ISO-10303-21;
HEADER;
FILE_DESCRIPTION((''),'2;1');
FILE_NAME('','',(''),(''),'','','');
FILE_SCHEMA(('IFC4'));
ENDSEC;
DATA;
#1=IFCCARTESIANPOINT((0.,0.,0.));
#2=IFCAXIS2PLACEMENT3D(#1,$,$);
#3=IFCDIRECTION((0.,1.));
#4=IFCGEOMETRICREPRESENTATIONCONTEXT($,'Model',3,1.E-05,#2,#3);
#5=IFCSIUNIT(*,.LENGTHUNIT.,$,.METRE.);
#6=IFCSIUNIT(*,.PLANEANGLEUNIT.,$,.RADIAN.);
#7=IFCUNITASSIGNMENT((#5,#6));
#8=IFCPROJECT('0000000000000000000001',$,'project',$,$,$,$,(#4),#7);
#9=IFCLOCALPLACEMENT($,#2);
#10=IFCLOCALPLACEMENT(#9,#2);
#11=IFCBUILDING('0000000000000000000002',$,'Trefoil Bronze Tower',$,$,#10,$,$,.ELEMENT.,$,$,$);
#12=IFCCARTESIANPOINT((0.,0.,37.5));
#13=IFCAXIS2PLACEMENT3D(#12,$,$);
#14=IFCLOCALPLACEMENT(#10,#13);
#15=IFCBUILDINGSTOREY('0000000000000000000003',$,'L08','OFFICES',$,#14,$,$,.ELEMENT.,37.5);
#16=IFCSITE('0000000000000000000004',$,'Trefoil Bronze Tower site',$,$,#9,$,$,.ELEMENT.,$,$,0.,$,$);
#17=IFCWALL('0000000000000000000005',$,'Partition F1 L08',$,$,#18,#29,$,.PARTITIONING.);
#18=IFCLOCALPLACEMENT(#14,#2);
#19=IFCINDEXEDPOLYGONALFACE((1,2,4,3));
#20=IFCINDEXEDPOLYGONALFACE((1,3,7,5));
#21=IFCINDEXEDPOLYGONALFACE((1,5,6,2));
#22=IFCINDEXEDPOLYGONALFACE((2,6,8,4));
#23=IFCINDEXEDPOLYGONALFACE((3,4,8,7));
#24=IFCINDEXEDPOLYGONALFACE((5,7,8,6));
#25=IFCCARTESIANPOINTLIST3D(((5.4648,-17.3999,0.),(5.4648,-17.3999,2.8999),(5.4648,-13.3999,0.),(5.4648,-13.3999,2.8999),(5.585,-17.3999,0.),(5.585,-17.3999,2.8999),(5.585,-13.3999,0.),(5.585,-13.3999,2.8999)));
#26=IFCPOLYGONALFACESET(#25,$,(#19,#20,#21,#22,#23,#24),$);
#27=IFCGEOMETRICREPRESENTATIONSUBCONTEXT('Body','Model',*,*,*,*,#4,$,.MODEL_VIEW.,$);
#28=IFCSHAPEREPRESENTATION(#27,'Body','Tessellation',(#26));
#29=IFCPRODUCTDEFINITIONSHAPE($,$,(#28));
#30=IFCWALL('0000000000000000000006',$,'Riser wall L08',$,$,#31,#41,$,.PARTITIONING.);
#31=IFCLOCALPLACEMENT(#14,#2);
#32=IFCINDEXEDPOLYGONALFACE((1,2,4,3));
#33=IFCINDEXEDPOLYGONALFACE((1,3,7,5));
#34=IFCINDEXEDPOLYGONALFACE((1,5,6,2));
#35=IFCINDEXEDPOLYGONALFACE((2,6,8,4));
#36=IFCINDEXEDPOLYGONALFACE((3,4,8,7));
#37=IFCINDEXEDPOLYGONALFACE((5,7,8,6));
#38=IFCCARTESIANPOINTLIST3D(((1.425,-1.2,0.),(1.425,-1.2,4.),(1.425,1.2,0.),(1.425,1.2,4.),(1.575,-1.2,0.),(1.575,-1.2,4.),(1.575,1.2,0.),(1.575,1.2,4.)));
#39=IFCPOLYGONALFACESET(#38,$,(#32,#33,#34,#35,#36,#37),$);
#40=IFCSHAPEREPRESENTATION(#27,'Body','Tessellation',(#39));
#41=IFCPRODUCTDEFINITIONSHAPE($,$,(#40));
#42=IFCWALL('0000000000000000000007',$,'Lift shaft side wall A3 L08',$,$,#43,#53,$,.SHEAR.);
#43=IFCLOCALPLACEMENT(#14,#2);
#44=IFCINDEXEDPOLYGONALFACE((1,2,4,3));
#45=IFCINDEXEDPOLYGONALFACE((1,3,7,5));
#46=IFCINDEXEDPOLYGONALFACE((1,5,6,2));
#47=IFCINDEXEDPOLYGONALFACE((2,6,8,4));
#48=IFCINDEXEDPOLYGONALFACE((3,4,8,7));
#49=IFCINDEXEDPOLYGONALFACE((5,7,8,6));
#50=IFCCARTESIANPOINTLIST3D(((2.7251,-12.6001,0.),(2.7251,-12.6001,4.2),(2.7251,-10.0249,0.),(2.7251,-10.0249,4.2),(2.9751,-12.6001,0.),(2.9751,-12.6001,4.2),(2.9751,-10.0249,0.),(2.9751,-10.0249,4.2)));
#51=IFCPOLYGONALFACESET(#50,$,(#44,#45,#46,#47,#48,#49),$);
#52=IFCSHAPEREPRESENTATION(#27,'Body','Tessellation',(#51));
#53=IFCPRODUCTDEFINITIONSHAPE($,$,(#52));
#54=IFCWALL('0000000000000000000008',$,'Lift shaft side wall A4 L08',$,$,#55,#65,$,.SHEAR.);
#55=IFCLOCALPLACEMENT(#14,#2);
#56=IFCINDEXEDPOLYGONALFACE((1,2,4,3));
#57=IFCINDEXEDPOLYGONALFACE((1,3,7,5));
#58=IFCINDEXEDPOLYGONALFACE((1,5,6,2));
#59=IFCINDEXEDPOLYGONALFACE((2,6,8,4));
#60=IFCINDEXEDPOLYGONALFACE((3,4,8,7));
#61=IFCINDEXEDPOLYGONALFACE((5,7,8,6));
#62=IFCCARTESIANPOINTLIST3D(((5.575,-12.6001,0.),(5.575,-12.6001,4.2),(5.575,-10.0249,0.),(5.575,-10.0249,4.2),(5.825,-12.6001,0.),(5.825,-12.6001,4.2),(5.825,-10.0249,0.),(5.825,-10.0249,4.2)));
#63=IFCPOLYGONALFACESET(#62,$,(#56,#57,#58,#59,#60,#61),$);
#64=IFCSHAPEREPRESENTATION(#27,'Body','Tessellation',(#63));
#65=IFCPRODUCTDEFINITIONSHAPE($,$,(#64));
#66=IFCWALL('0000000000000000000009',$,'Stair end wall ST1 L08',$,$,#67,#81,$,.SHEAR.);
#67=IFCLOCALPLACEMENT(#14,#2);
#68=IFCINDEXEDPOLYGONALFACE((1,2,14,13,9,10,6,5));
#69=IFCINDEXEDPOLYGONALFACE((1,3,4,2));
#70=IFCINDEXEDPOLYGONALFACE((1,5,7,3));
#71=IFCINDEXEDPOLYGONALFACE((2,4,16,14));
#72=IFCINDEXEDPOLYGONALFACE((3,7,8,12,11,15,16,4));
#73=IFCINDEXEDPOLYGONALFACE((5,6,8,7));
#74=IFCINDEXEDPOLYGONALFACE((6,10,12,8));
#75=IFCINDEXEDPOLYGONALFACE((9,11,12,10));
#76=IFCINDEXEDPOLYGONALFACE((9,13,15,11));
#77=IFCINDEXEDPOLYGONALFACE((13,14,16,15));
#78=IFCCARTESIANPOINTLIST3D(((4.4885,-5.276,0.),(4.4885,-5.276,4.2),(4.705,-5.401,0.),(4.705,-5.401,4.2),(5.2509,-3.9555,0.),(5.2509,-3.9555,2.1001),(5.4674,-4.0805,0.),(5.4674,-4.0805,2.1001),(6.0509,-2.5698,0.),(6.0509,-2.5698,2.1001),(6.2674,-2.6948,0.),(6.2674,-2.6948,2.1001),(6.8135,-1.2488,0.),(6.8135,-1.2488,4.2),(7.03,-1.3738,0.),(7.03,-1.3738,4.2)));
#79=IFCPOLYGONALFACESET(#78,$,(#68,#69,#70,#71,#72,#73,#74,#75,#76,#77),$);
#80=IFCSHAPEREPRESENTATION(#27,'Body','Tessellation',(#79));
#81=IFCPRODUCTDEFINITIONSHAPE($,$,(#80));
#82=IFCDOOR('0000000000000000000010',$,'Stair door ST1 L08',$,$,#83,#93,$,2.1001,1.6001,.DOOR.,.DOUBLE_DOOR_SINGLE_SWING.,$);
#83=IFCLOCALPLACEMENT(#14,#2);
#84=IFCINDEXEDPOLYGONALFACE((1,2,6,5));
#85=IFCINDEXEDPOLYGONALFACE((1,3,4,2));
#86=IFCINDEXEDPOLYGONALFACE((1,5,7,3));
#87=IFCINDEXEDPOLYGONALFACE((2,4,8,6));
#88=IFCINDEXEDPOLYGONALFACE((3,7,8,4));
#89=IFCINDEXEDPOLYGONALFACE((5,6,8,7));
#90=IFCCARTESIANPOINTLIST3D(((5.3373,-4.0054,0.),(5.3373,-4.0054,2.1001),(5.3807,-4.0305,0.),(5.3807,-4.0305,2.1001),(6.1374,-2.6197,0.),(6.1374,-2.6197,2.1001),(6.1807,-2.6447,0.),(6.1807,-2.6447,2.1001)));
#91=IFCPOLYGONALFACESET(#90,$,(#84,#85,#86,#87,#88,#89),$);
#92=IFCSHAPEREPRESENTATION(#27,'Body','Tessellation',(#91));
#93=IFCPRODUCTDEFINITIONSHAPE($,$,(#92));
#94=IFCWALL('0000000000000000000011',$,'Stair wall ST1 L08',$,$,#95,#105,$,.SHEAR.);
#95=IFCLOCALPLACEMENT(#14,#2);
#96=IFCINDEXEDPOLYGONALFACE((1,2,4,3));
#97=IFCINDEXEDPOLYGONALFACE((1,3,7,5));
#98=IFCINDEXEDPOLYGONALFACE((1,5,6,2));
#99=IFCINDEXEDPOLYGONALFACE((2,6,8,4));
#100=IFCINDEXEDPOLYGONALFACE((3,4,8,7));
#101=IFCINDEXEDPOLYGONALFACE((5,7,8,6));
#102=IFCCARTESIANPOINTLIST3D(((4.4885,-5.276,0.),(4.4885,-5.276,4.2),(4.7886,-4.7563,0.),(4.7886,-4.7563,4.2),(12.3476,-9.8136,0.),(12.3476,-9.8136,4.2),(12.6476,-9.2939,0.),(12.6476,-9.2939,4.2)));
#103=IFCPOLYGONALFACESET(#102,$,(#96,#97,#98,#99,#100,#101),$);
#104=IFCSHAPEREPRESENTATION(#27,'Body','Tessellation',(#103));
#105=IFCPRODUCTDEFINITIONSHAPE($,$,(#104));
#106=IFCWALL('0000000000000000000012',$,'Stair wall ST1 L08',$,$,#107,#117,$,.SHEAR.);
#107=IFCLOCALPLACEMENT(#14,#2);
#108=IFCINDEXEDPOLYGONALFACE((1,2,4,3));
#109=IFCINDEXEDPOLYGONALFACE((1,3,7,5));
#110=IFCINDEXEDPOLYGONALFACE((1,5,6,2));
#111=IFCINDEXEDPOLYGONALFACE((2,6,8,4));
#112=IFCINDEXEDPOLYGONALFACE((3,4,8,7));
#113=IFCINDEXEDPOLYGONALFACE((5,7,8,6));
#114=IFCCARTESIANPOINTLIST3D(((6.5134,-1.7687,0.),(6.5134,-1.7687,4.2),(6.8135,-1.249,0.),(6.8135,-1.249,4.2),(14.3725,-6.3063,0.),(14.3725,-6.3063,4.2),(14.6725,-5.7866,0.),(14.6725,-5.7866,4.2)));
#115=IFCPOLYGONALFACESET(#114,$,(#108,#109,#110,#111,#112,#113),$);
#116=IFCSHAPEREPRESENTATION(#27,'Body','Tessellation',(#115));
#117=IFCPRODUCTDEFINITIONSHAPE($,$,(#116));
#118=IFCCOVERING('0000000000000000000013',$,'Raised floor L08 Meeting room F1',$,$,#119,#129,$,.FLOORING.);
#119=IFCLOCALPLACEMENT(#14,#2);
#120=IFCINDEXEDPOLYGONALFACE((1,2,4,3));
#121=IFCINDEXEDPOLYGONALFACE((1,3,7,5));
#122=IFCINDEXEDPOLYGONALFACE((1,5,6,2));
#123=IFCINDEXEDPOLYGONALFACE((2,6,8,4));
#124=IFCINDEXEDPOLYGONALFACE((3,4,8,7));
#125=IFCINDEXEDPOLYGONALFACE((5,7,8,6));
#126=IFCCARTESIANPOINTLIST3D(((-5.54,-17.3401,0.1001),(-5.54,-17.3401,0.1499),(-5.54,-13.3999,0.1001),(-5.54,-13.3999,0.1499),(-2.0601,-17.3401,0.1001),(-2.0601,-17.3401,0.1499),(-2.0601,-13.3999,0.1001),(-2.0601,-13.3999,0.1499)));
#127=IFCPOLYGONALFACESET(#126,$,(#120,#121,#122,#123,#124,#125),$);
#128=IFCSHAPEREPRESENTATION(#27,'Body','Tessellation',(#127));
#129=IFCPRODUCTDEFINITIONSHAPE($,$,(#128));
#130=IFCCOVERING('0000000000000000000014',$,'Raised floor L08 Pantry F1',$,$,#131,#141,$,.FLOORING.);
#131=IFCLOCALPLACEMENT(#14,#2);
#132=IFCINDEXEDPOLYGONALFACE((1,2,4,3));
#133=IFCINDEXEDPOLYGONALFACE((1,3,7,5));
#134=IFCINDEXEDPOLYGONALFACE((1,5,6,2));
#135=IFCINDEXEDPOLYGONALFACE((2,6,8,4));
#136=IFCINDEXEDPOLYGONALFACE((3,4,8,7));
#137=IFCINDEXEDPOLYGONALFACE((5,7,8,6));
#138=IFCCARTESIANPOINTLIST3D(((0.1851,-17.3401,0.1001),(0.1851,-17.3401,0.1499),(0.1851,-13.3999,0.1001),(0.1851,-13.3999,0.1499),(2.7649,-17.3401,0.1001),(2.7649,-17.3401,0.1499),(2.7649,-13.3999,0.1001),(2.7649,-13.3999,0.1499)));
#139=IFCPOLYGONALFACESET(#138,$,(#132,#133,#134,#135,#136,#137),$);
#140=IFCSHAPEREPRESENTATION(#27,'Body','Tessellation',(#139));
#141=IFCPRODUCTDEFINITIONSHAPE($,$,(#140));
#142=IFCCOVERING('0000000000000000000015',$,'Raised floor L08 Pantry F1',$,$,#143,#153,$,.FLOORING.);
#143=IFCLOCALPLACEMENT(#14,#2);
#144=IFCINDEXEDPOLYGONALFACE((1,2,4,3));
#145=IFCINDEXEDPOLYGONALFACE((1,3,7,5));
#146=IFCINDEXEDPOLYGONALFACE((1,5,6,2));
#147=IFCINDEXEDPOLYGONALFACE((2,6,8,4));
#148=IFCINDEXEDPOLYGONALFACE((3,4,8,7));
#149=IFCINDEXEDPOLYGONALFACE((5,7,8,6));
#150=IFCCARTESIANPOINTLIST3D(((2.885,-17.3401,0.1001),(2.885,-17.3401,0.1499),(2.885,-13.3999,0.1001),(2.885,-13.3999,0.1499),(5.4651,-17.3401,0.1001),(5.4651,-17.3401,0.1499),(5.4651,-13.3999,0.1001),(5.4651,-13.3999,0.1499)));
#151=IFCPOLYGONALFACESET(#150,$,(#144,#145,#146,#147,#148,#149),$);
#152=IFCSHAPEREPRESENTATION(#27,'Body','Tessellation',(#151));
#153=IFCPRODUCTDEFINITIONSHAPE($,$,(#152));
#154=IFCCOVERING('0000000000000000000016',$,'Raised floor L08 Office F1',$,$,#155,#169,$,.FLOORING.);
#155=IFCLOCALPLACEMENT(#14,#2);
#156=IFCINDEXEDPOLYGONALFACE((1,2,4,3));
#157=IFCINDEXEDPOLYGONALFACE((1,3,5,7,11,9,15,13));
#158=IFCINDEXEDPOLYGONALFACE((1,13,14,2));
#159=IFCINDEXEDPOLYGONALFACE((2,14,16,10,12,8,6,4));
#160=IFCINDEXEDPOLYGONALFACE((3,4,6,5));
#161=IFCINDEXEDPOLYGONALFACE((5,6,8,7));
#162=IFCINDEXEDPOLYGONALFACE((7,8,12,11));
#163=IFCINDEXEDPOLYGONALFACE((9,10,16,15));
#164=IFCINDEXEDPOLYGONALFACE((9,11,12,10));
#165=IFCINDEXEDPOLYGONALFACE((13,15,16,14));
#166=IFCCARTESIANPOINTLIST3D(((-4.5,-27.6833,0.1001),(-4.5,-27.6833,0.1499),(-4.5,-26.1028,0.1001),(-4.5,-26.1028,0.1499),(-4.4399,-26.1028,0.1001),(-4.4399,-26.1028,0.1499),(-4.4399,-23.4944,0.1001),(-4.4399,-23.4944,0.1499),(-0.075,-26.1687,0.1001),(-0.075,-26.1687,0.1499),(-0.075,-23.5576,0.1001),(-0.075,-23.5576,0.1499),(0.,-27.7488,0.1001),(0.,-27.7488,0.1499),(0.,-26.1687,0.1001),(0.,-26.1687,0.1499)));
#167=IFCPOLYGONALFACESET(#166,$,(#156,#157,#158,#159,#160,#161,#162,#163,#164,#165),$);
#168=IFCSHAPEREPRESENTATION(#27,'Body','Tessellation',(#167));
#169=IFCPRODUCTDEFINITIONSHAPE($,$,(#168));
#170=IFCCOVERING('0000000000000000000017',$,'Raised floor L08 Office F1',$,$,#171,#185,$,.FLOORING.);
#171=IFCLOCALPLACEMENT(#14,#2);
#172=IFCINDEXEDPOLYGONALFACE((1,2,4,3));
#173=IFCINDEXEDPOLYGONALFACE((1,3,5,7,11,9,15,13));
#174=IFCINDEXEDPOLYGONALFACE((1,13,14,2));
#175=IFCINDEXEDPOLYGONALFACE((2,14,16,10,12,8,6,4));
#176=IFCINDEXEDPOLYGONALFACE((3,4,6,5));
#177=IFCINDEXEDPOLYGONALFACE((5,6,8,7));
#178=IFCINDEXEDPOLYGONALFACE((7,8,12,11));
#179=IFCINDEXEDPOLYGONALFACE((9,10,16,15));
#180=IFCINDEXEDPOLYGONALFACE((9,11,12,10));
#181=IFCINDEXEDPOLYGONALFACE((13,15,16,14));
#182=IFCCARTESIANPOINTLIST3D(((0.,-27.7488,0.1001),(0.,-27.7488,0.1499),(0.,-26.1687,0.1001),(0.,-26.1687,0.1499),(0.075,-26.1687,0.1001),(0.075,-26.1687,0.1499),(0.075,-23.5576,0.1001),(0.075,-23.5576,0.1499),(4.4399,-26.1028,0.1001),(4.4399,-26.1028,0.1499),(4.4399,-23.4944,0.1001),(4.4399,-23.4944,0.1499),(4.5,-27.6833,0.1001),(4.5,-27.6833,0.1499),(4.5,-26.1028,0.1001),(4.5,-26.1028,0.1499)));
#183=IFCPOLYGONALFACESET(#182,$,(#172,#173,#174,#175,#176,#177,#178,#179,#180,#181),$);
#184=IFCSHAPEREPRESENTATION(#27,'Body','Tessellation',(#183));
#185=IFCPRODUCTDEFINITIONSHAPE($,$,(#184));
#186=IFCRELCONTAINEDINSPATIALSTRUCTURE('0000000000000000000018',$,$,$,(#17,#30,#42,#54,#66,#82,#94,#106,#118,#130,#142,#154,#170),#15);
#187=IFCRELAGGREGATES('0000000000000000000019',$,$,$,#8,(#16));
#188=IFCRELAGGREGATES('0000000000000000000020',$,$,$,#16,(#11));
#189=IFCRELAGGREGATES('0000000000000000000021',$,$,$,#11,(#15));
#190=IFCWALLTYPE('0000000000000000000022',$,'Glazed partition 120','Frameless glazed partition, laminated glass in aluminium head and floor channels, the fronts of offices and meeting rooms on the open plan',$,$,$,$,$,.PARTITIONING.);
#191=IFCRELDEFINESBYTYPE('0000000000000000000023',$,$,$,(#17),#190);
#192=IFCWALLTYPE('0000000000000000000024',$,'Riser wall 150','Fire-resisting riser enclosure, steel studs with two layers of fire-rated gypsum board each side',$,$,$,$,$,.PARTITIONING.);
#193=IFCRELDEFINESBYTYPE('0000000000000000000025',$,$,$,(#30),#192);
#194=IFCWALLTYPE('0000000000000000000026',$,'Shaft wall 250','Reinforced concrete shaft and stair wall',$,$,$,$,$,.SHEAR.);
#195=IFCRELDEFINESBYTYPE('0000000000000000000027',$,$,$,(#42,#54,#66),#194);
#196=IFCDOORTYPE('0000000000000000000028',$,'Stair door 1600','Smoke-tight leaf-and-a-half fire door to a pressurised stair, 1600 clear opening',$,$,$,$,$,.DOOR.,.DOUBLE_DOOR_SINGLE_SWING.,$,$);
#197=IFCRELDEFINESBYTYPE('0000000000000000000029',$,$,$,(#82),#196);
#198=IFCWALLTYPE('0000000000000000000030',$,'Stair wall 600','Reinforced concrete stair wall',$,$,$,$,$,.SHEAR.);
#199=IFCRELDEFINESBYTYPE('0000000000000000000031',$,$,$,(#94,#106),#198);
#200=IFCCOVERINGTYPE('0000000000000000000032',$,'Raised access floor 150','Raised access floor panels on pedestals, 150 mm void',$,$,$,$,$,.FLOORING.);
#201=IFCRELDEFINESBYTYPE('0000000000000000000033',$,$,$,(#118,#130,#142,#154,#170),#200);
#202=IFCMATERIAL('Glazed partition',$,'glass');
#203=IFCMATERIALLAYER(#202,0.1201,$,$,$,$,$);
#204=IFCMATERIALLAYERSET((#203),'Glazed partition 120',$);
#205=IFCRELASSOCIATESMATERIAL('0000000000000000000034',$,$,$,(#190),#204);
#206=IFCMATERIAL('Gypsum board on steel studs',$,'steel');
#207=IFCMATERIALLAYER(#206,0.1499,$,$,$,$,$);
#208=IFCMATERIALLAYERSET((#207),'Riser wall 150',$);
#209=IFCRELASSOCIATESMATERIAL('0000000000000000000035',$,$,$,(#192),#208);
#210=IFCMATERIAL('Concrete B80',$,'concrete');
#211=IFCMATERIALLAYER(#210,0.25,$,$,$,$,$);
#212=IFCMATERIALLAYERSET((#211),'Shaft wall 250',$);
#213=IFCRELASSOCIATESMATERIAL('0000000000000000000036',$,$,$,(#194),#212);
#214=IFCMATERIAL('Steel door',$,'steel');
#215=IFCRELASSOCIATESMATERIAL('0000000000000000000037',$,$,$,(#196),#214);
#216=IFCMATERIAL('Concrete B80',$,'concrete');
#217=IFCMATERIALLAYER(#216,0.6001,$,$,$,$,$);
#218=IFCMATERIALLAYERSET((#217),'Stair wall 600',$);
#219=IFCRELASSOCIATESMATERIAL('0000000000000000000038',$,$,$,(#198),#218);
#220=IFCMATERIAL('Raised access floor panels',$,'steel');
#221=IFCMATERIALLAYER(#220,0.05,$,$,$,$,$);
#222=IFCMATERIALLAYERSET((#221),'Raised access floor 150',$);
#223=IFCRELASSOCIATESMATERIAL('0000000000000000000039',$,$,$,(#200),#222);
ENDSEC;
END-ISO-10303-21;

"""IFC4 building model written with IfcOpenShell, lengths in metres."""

from ifc_helpers import new_model, si_unit, direction, frame, frame_2d, origin, place, context, subcontext, project, spatial, polyline, rectangle, outline, extrude, material, layer, layer_set, type_object, element, fill, save


model = new_model("IFC4")

# Units and contexts
model_context = context("Model", 3, precision=1e-05, world=origin(), true_north=direction((0.0, 1.0)))
body_context = subcontext(model_context, "Body", "Model", "MODEL_VIEW")
ifc_project = project(units=[si_unit("LENGTHUNIT", "METRE"), si_unit("PLANEANGLEUNIT", "RADIAN")], contexts=[model_context])

# Site, building, storey
site_placement = place(None, origin())
site = spatial("IfcSite", under=ifc_project, at=site_placement, Name="Trefoil Bronze Tower site", CompositionType="ELEMENT", RefElevation=0.0)
building_placement = place(site_placement, origin())
building = spatial("IfcBuilding", under=site, at=building_placement, Name="Trefoil Bronze Tower", CompositionType="ELEMENT")
storey_placement = place(building_placement, frame((0.0, 0.0, 37.5)))
storey = spatial("IfcBuildingStorey", under=building, at=storey_placement, Name="L08", Description="OFFICES", CompositionType="ELEMENT", Elevation=37.5)

# Walls
ifc_material_1 = material(Name="Glazed partition", Category="glass")
ifc_layer_1 = layer(ifc_material_1, 0.1201)
ifc_layer_set_1 = layer_set([ifc_layer_1], Name="Glazed partition 120")
wall_type_1 = type_object("IfcWallType", Name="Glazed partition 120", Description="Frameless glazed partition, laminated glass in aluminium head and floor channels, the fronts of offices and meeting rooms on the open plan", PredefinedType="PARTITIONING", material=ifc_layer_set_1)
wall_1_placement = place(storey_placement, frame((5.5249, -13.3999, 0.0), z_axis=(0.0, 0.0, 1.0), x_axis=(0.0, -1.0, 0.0)))
element("IfcWall", 1, at=wall_1_placement, inside=storey, type_object=wall_type_1, Name="Partition F1 L08", PredefinedType="PARTITIONING", context=body_context, shape_type="SweptSolid", body=[
    extrude(rectangle(XDim=4.0, YDim=0.1201, at=frame_2d((2.0, 0.0))), origin(), (0.0, 0.0, 1.0), 2.8999),
])
ifc_material_2 = material(Name="Gypsum board on steel studs", Category="steel")
ifc_layer_2 = layer(ifc_material_2, 0.1499)
ifc_layer_set_2 = layer_set([ifc_layer_2], Name="Riser wall 150")
wall_type_2 = type_object("IfcWallType", Name="Riser wall 150", Description="Fire-resisting riser enclosure, steel studs with two layers of fire-rated gypsum board each side", PredefinedType="PARTITIONING", material=ifc_layer_set_2)
wall_2_placement = place(storey_placement, frame((1.5, -1.2, 0.0), z_axis=(0.0, 0.0, 1.0), x_axis=(0.0, 1.0, 0.0)))
element("IfcWall", 2, at=wall_2_placement, inside=storey, type_object=wall_type_2, Name="Riser wall L08", PredefinedType="PARTITIONING", context=body_context, shape_type="SweptSolid", body=[
    extrude(rectangle(XDim=2.3999, YDim=0.1499, at=frame_2d((1.2, 0.0))), origin(), (0.0, 0.0, 1.0), 4.0),
])
ifc_material_3 = material(Name="Concrete B80", Category="concrete")
ifc_layer_3 = layer(ifc_material_3, 0.25)
ifc_layer_set_3 = layer_set([ifc_layer_3], Name="Shaft wall 250")
wall_type_3 = type_object("IfcWallType", Name="Shaft wall 250", Description="Reinforced concrete shaft and stair wall", PredefinedType="SHEAR", material=ifc_layer_set_3)
for number, where, z_axis, x_axis, name in (
    (3, (2.8501, -10.0249, 0.0), (0.0, 0.0, 1.0), (0.0, -1.0, 0.0), "Lift shaft side wall A3 L08"),
    (4, (5.7, -10.0249, 0.0), (0.0, 0.0, 1.0), (0.0, -1.0, 0.0), "Lift shaft side wall A4 L08"),
):
    element("IfcWall", number, at=place(storey_placement, frame(where, z_axis=z_axis, x_axis=x_axis)), inside=storey, type_object=wall_type_3, Name=name, PredefinedType="SHEAR", context=body_context, shape_type="SweptSolid", body=[
        extrude(rectangle(XDim=2.5752, YDim=0.25, at=frame_2d((1.2876, 0.0))), origin(), (0.0, 0.0, 1.0), 4.2),
    ])

# Wall, opening, door
wall_3_placement = place(storey_placement, frame((4.5967, -5.3386, 0.0), z_axis=(0.0, 0.0, 1.0), x_axis=(0.499985, 0.866034, 0.0)))
wall_3 = element("IfcWall", 5, at=wall_3_placement, inside=storey, type_object=wall_type_3, Name="Stair end wall ST1 L08", PredefinedType="SHEAR", context=body_context, shape_type="SweptSolid", body=[
    extrude(rectangle(XDim=4.6501, YDim=0.25, at=frame_2d((2.3252, 0.0))), origin(), (0.0, 0.0, 1.0), 4.2),
])
opening_placement = place(wall_3_placement, frame((1.5249, 0.0, 0.0)))
opening = element("IfcOpeningElement", 6, at=opening_placement, cuts=wall_3, PredefinedType="OPENING", context=body_context, shape_type="SweptSolid", body=[
    extrude(rectangle(XDim=1.6001, YDim=2.1001, at=frame_2d((0.8, 1.05))), frame((0.0, 0.135, 0.0), z_axis=(0.0, -1.0, 0.0), x_axis=(1.0, 0.0, 0.0)), (0.0, 0.0, 1.0), 0.27),
])
ifc_material_4 = material(Name="Steel door", Category="steel")
door_type = type_object("IfcDoorType", Name="Stair door 1600", Description="Smoke-tight leaf-and-a-half fire door to a pressurised stair, 1600 clear opening", OperationType="DOUBLE_DOOR_SINGLE_SWING", PredefinedType="DOOR", material=ifc_material_4)
door_placement = place(opening_placement, frame((1.6001, 0.0, 0.0), z_axis=(0.0, 0.0, 1.0), x_axis=(-1.0, 0.0, 0.0)))
door = element("IfcDoor", 7, at=door_placement, inside=storey, type_object=door_type, Name="Stair door ST1 L08", OperationType="DOUBLE_DOOR_SINGLE_SWING", OverallHeight=2.1001, OverallWidth=1.6001, PredefinedType="DOOR", context=body_context, shape_type="SweptSolid", body=[
    extrude(rectangle(XDim=1.6001, YDim=2.1001, at=frame_2d((0.8, 1.05))), frame((0.0, 0.0249, 0.0), z_axis=(0.0, -1.0, 0.0), x_axis=(1.0, 0.0, 0.0)), (0.0, 0.0, 1.0), 0.05),
])
fill(opening, door)

# Walls
ifc_material_5 = material(Name="Concrete B80", Category="concrete")
ifc_layer_4 = layer(ifc_material_5, 0.6001)
ifc_layer_set_4 = layer_set([ifc_layer_4], Name="Stair wall 600")
wall_type_4 = type_object("IfcWallType", Name="Stair wall 600", Description="Reinforced concrete stair wall", PredefinedType="SHEAR", material=ifc_layer_set_4)
for number, where, z_axis, x_axis, name in (
    (8, (4.6384, -5.0161, 0.0), (0.0, 0.0, 1.0), (0.866019, -0.50001, 0.0), "Stair wall ST1 L08"),
    (9, (6.6633, -1.5088, 0.0), (0.0, 0.0, 1.0), (0.866019, -0.50001, 0.0), "Stair wall ST1 L08"),
):
    element("IfcWall", number, at=place(storey_placement, frame(where, z_axis=z_axis, x_axis=x_axis)), inside=storey, type_object=wall_type_4, Name=name, PredefinedType="SHEAR", context=body_context, shape_type="SweptSolid", body=[
        extrude(rectangle(XDim=9.075, YDim=0.6001, at=frame_2d((4.5376, 0.0))), origin(), (0.0, 0.0, 1.0), 4.2),
    ])

# Coverings
ifc_material_6 = material(Name="Raised access floor panels", Category="steel")
ifc_layer_5 = layer(ifc_material_6, 0.05)
ifc_layer_set_5 = layer_set([ifc_layer_5], Name="Raised access floor 150")
covering_type_1 = type_object("IfcCoveringType", Name="Raised access floor 150", Description="Raised access floor panels on pedestals, 150 mm void", PredefinedType="FLOORING", material=ifc_layer_set_5)
covering_1_placement = place(storey_placement, frame((0.0, 0.0, 0.1001)))
element("IfcCovering", 10, at=covering_1_placement, inside=storey, type_object=covering_type_1, Name="Raised floor L08 Meeting room F1", PredefinedType="FLOORING", context=body_context, shape_type="SweptSolid", body=[
    extrude(outline(polyline([(-2.0601, -13.3999), (-2.0601, -17.3401), (-5.54, -17.3401), (-5.54, -13.3999), (-2.0601, -13.3999)])), origin(), (0.0, 0.0, 1.0), 0.0498),
])
covering_2_placement = place(storey_placement, frame((0.0, 0.0, 0.1001)))
element("IfcCovering", 11, at=covering_2_placement, inside=storey, type_object=covering_type_1, Name="Raised floor L08 Pantry F1", PredefinedType="FLOORING", context=body_context, shape_type="SweptSolid", body=[
    extrude(outline(polyline([(2.7649, -13.3999), (2.7649, -17.3401), (0.1851, -17.3401), (0.1851, -13.3999), (2.7649, -13.3999)])), origin(), (0.0, 0.0, 1.0), 0.0498),
])
covering_3_placement = place(storey_placement, frame((0.0, 0.0, 0.1001)))
element("IfcCovering", 12, at=covering_3_placement, inside=storey, type_object=covering_type_1, Name="Raised floor L08 Pantry F1", PredefinedType="FLOORING", context=body_context, shape_type="SweptSolid", body=[
    extrude(outline(polyline([(5.4651, -13.3999), (5.4651, -17.3401), (2.885, -17.3401), (2.885, -13.3999), (5.4651, -13.3999)])), origin(), (0.0, 0.0, 1.0), 0.0498),
])
covering_4_placement = place(storey_placement, frame((0.0, 0.0, 0.1001)))
element("IfcCovering", 13, at=covering_4_placement, inside=storey, type_object=covering_type_1, Name="Raised floor L08 Office F1", PredefinedType="FLOORING", context=body_context, shape_type="SweptSolid", body=[
    extrude(outline(polyline([(0.0, -27.7488), (-4.5, -27.6833), (-4.5, -26.1028), (-4.4399, -26.1028), (-4.4399, -23.4944), (-0.075, -23.5576), (-0.075, -26.1687), (0.0, -26.1687), (0.0, -27.7488)])), origin(), (0.0, 0.0, 1.0), 0.0498),
])
covering_5_placement = place(storey_placement, frame((0.0, 0.0, 0.1001)))
element("IfcCovering", 14, at=covering_5_placement, inside=storey, type_object=covering_type_1, Name="Raised floor L08 Office F1", PredefinedType="FLOORING", context=body_context, shape_type="SweptSolid", body=[
    extrude(outline(polyline([(4.5, -27.6833), (0.0, -27.7488), (0.0, -26.1687), (0.075, -26.1687), (0.075, -23.5576), (4.4399, -23.4944), (4.4399, -26.1028), (4.5, -26.1028), (4.5, -27.6833)])), origin(), (0.0, 0.0, 1.0), 0.0498),
])

save(model, "model.ifc")
